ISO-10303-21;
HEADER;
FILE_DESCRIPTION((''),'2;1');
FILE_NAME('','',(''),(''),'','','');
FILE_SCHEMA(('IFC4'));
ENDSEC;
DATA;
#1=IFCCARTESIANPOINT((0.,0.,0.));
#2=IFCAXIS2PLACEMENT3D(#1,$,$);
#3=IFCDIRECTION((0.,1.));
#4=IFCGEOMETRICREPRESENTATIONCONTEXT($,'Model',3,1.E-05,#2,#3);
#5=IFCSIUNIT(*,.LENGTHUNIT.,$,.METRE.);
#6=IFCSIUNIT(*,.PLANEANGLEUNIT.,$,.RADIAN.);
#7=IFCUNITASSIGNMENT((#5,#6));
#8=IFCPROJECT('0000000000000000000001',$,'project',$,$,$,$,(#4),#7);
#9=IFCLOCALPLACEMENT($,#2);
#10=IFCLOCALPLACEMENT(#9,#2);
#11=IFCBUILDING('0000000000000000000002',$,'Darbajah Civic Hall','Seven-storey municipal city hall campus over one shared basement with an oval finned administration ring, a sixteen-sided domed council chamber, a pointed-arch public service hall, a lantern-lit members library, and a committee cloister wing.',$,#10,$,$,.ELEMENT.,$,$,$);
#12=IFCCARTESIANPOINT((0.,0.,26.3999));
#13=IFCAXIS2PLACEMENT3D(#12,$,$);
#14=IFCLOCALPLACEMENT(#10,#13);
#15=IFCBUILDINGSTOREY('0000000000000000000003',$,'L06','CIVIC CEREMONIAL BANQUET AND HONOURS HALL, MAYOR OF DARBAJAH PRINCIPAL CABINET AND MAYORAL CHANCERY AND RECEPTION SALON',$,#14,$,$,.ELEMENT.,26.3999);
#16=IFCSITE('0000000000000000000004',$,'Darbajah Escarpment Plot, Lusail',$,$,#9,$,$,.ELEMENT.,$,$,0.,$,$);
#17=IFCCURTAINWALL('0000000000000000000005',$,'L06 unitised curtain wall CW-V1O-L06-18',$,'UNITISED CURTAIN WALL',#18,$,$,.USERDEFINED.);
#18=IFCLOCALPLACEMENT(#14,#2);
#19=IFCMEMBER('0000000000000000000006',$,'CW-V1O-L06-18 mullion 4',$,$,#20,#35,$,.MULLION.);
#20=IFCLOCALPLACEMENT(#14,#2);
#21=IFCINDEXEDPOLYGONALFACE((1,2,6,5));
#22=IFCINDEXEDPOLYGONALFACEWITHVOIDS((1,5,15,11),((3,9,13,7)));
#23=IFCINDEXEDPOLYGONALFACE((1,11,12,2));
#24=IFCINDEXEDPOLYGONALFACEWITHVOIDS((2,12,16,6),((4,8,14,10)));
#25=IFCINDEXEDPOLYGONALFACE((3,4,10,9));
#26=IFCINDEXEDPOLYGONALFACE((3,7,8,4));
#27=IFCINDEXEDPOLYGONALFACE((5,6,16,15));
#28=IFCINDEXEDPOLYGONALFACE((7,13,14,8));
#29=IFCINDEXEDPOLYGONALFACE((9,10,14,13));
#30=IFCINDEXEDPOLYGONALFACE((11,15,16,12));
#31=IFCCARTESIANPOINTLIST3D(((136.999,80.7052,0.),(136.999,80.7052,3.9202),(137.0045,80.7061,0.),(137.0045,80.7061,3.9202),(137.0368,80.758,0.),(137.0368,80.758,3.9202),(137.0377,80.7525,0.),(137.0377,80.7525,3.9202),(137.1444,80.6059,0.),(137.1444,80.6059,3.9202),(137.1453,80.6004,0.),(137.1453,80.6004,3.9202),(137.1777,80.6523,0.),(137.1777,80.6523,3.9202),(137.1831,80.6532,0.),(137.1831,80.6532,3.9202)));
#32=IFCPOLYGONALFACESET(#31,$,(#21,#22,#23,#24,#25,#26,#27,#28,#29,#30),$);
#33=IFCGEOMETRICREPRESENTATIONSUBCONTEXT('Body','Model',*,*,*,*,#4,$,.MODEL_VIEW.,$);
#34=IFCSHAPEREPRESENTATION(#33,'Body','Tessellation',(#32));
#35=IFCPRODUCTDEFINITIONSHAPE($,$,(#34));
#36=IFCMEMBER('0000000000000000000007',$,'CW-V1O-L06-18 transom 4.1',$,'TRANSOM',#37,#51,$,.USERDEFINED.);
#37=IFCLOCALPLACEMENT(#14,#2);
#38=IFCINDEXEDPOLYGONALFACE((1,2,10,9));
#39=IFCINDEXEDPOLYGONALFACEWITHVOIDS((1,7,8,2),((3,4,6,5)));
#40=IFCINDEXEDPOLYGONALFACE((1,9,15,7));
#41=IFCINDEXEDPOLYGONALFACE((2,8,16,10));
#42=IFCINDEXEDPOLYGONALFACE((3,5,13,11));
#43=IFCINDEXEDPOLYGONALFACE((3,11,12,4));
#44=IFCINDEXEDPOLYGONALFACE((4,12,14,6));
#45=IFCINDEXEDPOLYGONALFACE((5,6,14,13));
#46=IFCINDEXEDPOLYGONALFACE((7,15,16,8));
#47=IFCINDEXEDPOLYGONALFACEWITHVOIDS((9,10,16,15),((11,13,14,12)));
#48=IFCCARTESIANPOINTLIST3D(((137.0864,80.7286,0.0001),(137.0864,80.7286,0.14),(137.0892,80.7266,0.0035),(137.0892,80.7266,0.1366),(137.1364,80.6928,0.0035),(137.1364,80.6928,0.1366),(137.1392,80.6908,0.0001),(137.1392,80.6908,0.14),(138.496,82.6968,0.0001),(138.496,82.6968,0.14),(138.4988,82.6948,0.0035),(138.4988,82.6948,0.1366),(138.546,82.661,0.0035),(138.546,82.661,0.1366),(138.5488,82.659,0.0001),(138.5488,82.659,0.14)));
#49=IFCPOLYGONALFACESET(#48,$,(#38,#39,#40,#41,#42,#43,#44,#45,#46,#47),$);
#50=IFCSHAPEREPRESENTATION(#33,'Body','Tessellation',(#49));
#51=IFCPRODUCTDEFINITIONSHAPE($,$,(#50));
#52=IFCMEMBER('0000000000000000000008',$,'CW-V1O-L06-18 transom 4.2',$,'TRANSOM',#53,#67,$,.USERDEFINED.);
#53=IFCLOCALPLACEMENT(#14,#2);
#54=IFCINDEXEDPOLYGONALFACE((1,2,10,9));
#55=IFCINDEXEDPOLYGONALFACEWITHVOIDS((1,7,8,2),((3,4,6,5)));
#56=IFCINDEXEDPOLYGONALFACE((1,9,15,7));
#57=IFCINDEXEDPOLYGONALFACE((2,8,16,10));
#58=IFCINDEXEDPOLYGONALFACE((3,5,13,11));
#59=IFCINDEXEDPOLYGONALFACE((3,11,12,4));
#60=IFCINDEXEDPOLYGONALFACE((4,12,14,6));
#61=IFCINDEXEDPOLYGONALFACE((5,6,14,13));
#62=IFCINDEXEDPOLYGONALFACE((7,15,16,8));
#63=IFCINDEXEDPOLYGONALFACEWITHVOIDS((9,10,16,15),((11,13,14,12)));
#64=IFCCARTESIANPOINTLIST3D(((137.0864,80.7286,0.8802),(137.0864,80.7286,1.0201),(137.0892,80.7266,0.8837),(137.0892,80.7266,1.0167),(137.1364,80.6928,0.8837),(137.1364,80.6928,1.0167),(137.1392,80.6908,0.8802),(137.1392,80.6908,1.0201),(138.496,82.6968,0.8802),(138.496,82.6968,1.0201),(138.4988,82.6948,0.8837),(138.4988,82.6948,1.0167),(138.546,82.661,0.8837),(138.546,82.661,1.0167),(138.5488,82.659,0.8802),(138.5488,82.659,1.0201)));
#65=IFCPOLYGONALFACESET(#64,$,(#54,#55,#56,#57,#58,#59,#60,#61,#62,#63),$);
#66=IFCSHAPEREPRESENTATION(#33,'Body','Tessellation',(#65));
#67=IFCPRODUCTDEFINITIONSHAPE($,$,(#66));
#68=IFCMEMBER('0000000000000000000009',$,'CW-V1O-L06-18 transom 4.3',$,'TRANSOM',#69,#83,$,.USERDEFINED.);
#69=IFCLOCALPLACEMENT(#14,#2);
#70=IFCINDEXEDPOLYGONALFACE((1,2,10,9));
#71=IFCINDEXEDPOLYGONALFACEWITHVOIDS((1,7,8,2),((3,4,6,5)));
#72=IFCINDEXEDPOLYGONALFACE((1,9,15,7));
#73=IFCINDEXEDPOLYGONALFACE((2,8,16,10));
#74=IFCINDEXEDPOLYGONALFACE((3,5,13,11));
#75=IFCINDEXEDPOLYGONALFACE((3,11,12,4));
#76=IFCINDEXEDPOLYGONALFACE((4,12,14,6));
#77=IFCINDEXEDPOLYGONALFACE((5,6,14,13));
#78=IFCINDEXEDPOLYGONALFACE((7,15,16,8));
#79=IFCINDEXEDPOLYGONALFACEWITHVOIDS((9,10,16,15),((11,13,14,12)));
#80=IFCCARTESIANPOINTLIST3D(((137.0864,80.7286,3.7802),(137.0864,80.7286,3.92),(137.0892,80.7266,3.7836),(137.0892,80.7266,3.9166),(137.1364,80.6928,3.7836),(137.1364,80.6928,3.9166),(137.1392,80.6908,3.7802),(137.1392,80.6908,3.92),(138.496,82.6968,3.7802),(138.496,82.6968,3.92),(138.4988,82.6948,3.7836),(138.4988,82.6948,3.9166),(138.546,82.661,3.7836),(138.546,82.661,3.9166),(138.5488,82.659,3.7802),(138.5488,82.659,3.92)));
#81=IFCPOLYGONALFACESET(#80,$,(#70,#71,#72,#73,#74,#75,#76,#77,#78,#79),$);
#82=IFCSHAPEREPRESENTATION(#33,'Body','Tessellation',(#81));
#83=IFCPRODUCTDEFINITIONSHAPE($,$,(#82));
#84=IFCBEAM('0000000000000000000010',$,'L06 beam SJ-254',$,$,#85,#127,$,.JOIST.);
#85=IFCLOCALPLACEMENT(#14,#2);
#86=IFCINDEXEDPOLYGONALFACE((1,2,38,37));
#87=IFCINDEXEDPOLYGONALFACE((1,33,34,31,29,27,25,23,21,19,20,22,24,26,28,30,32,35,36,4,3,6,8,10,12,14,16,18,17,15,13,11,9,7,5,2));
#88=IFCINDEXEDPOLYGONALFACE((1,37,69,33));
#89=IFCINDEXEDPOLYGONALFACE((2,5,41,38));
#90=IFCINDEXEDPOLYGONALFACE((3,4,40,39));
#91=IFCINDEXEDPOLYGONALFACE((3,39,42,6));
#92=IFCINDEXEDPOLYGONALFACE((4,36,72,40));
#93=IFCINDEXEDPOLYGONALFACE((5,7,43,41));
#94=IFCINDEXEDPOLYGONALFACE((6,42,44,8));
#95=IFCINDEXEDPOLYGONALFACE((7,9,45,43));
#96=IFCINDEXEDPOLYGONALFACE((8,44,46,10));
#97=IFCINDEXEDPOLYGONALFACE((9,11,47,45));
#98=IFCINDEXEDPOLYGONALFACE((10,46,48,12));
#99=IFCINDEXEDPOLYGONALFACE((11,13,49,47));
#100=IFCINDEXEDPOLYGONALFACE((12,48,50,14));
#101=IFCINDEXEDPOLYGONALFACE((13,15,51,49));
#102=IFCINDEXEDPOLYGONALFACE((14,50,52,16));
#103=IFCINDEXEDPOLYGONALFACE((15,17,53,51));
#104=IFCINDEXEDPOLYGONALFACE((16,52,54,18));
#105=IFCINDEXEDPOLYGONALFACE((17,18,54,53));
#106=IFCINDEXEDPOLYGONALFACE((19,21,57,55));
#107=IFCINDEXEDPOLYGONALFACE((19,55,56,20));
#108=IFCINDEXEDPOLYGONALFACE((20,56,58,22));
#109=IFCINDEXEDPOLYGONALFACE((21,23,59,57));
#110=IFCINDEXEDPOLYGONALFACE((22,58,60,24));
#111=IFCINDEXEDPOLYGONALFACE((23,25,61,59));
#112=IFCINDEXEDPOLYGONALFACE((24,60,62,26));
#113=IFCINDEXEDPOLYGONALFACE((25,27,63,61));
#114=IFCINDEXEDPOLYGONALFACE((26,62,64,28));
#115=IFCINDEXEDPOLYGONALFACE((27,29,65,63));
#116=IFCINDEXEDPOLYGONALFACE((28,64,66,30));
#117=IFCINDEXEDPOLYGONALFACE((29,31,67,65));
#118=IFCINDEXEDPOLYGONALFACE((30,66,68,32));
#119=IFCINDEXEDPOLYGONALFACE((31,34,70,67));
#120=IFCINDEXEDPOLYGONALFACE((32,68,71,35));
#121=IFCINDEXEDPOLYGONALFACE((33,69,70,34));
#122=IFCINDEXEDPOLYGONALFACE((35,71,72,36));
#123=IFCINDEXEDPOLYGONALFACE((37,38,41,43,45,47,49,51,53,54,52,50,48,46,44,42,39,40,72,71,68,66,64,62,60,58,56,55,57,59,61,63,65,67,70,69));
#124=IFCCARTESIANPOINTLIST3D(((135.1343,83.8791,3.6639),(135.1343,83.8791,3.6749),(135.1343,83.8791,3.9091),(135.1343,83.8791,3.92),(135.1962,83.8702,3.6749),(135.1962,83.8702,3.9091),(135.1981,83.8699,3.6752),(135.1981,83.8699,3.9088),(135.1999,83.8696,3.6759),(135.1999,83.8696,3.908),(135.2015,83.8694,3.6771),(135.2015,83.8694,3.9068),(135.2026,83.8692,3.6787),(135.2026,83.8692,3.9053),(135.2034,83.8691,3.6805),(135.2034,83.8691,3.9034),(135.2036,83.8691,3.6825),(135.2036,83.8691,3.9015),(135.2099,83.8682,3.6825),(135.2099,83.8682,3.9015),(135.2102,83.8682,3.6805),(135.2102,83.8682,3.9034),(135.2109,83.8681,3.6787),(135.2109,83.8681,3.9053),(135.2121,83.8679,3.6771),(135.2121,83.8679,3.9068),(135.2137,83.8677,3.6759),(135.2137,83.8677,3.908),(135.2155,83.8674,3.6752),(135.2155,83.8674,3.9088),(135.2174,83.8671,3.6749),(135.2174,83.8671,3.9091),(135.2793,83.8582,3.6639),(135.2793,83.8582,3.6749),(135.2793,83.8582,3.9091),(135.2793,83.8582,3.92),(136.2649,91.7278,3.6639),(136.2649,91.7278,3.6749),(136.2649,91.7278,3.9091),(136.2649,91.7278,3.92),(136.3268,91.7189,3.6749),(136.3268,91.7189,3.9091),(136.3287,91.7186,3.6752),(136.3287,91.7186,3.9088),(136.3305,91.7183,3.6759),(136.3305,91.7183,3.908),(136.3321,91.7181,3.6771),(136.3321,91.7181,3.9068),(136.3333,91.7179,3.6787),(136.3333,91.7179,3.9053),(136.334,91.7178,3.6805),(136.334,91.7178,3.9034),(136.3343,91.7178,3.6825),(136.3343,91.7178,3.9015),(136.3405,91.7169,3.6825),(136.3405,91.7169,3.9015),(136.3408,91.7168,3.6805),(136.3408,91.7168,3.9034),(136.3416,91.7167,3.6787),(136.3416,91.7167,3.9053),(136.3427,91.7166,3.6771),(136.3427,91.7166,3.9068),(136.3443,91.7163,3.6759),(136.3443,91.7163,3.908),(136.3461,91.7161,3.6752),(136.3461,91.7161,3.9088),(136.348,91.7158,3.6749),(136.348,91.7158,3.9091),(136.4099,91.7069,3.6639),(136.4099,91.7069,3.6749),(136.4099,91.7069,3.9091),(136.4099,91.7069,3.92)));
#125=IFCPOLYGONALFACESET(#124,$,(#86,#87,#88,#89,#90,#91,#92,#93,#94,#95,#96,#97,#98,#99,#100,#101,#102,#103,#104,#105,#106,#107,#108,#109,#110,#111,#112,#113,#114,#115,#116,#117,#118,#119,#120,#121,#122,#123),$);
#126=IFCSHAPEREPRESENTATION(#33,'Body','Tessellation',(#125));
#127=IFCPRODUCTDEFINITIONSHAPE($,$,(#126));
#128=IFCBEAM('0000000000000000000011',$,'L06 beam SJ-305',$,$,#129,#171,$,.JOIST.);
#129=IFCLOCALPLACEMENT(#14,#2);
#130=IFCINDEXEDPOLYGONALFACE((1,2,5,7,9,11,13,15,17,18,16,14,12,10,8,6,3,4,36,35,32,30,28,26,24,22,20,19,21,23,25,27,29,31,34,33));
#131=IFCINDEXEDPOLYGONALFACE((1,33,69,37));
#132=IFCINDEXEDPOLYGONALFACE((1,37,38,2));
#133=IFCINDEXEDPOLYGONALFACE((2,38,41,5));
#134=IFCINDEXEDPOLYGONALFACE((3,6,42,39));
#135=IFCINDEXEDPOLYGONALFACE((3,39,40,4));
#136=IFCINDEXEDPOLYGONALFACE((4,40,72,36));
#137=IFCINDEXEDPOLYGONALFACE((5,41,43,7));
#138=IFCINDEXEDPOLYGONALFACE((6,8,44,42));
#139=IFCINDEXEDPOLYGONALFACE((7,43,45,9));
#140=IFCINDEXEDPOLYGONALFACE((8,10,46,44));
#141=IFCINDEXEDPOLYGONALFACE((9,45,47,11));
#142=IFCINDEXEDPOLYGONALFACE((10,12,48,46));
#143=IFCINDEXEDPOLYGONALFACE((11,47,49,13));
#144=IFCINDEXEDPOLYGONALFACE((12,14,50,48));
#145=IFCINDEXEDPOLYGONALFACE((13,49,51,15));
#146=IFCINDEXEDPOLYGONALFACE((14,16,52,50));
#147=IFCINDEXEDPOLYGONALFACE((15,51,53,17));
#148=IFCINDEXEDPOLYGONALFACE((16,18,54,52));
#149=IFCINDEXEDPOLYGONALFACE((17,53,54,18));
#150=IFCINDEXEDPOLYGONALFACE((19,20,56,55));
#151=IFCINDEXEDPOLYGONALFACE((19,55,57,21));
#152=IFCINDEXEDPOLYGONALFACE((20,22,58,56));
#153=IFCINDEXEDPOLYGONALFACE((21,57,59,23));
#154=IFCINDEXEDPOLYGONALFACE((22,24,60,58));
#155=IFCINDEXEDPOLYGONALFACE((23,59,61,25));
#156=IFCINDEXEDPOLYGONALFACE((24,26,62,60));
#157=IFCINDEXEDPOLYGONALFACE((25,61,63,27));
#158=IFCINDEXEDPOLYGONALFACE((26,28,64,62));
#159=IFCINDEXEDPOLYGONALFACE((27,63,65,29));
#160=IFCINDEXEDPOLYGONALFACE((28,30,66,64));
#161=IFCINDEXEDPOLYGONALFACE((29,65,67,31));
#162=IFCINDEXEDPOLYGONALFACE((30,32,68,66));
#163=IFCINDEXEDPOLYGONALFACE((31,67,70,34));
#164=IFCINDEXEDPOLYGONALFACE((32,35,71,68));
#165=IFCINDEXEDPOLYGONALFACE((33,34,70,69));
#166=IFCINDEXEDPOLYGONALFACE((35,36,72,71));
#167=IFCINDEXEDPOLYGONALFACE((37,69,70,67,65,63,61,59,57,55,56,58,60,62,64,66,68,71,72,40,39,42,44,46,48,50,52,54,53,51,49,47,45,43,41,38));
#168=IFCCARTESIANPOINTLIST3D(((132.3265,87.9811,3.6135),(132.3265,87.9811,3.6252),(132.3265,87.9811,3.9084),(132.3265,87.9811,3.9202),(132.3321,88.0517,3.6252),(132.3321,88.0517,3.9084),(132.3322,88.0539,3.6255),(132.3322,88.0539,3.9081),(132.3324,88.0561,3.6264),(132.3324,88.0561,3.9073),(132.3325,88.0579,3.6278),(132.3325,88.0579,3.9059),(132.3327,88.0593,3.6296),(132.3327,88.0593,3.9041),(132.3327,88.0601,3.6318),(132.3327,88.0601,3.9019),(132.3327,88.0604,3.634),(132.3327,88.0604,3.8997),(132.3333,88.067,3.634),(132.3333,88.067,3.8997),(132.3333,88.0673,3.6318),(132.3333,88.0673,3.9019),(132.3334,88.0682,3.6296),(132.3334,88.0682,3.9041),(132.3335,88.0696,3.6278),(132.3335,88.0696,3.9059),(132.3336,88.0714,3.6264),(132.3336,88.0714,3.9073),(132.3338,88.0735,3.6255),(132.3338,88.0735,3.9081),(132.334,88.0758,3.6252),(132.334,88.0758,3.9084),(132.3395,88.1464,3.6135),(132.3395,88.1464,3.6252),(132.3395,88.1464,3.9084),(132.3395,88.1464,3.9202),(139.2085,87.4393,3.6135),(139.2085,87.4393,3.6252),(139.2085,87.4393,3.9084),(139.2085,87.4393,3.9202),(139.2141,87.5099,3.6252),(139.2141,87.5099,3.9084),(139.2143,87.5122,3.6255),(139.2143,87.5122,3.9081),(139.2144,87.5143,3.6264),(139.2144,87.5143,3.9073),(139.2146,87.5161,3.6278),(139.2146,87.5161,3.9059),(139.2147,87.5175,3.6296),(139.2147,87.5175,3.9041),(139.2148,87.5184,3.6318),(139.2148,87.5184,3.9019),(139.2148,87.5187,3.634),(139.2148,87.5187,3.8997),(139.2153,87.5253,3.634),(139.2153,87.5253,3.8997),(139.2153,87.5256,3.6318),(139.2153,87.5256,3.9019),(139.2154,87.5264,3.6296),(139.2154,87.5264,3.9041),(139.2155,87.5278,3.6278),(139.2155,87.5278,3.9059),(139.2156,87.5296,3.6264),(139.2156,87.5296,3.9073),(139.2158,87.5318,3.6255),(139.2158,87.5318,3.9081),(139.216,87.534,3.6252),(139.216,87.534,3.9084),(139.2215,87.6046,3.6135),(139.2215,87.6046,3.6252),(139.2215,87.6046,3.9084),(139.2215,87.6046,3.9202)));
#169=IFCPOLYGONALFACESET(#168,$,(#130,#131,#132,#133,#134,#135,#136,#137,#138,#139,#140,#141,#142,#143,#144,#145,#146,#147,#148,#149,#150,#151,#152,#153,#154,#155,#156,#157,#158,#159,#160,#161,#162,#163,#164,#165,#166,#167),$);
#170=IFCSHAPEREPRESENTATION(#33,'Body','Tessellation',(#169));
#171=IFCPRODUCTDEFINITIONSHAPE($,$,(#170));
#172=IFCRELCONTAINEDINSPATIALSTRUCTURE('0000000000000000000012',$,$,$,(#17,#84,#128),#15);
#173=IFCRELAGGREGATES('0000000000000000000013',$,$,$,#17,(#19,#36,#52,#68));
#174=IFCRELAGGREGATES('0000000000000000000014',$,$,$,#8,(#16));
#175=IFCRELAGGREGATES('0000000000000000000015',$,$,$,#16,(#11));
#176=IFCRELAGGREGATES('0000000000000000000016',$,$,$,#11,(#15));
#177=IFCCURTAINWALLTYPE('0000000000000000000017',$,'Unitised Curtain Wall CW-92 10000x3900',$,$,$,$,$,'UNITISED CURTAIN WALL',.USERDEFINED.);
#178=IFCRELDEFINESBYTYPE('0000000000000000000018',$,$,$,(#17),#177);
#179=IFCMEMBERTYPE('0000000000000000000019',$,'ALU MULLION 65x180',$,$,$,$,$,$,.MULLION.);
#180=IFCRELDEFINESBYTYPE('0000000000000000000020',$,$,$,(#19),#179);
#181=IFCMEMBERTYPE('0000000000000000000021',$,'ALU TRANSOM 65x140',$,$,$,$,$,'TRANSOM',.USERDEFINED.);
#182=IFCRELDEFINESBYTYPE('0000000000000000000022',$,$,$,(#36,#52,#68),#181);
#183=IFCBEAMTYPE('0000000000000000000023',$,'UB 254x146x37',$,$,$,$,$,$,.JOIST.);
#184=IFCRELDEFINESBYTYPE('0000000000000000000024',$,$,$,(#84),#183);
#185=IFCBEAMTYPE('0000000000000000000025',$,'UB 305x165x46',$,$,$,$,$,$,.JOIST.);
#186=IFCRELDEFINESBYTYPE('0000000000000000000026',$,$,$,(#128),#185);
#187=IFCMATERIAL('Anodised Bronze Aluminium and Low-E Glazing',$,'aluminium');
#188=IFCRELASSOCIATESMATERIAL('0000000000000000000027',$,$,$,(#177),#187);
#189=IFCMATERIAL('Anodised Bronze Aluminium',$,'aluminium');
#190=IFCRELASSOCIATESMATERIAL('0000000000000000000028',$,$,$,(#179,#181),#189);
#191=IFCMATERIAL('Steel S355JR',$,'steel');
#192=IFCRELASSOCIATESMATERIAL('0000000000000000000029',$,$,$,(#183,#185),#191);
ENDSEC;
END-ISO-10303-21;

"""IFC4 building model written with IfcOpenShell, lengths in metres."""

from ifc_helpers import new_model, si_unit, direction, frame, origin, origin_2d, place, context, subcontext, project, spatial, hollow_rectangle, i_section, extrude, material, material_profile, profile_set, type_object, element, aggregate, save


model = new_model("IFC4")

# Units and contexts
model_context = context("Model", 3, precision=1e-05, world=origin(), true_north=direction((0.0, 1.0)))
body_context = subcontext(model_context, "Body", "Model", "MODEL_VIEW")
ifc_project = project(units=[si_unit("LENGTHUNIT", "METRE"), si_unit("PLANEANGLEUNIT", "RADIAN")], contexts=[model_context])

# Site, building, storey
site_placement = place(None, origin())
site = spatial("IfcSite", under=ifc_project, at=site_placement, Name="Darbajah Escarpment Plot, Lusail", CompositionType="ELEMENT", RefElevation=0.0)
building_placement = place(site_placement, origin())
building = spatial("IfcBuilding", under=site, at=building_placement, Name="Darbajah Civic Hall", Description="Seven-storey municipal city hall campus over one shared basement with an oval finned administration ring, a sixteen-sided domed council chamber, a pointed-arch public service hall, a lantern-lit members library, and a committee cloister wing.", CompositionType="ELEMENT")
storey_placement = place(building_placement, frame((0.0, 0.0, 26.3999)))
storey = spatial("IfcBuildingStorey", under=building, at=storey_placement, Name="L06", Description="CIVIC CEREMONIAL BANQUET AND HONOURS HALL, MAYOR OF DARBAJAH PRINCIPAL CABINET AND MAYORAL CHANCERY AND RECEPTION SALON", CompositionType="ELEMENT", Elevation=26.3999)

# Curtain wall, members
ifc_material_1 = material(Name="Anodised Bronze Aluminium and Low-E Glazing", Category="aluminium")
curtain_wall_type = type_object("IfcCurtainWallType", Name="Unitised Curtain Wall CW-92 10000x3900", ElementType="UNITISED CURTAIN WALL", PredefinedType="USERDEFINED", material=ifc_material_1)
curtain_wall_placement = place(storey_placement, origin())
curtain_wall = element("IfcCurtainWall", 1, at=curtain_wall_placement, inside=storey, type_object=curtain_wall_type, Name="L06 unitised curtain wall CW-V1O-L06-18", ObjectType="UNITISED CURTAIN WALL", PredefinedType="USERDEFINED")
ifc_material_2 = material(Name="Anodised Bronze Aluminium", Category="aluminium")
ifc_material_profile_1 = material_profile(ifc_material_2, hollow_rectangle(XDim=0.0649, YDim=0.1799, WallThickness=0.0039, at=origin_2d()), Name="ALU MULLION 65x180")
ifc_profile_set_1 = profile_set([ifc_material_profile_1], Name="Anodised Bronze Aluminium")
member_type_1 = type_object("IfcMemberType", Name="ALU MULLION 65x180", PredefinedType="MULLION", material=ifc_profile_set_1)
member_1_placement = place(storey_placement, frame((137.0911, 80.6792, 0.0), z_axis=(0.0, 0.0, 1.0), x_axis=(0.582265, 0.812999, 0.0)))
member_1 = element("IfcMember", 2, at=member_1_placement, type_object=member_type_1, Name="CW-V1O-L06-18 mullion 4", PredefinedType="MULLION", context=body_context, shape_type="SweptSolid", body=[
    extrude(hollow_rectangle(XDim=0.0649, YDim=0.1799, WallThickness=0.0039, at=origin_2d()), origin(), (0.0, 0.0, 1.0), 3.9202),
])
ifc_material_profile_2 = material_profile(ifc_material_2, hollow_rectangle(XDim=0.0649, YDim=0.1399, WallThickness=0.0034, at=origin_2d()), Name="ALU TRANSOM 65x140")
ifc_profile_set_2 = profile_set([ifc_material_profile_2], Name="Anodised Bronze Aluminium")
member_type_2 = type_object("IfcMemberType", Name="ALU TRANSOM 65x140", ElementType="TRANSOM", PredefinedType="USERDEFINED", material=ifc_profile_set_2)
member_2_placement = place(storey_placement, frame((137.1128, 80.7097, 0.0701), z_axis=(0.582268, 0.812997, 0.0), x_axis=(-0.812997, 0.582268, 0.0)))
member_2 = element("IfcMember", 3, at=member_2_placement, type_object=member_type_2, Name="CW-V1O-L06-18 transom 4.1", ObjectType="TRANSOM", PredefinedType="USERDEFINED", context=body_context, shape_type="SweptSolid", body=[
    extrude(hollow_rectangle(XDim=0.0649, YDim=0.1399, WallThickness=0.0034, at=origin_2d()), origin(), (0.0, 0.0, 1.0), 2.4209),
])
member_3_placement = place(storey_placement, frame((137.1128, 80.7097, 0.9502), z_axis=(0.582268, 0.812997, 0.0), x_axis=(-0.812997, 0.582268, 0.0)))
member_3 = element("IfcMember", 4, at=member_3_placement, type_object=member_type_2, Name="CW-V1O-L06-18 transom 4.2", ObjectType="TRANSOM", PredefinedType="USERDEFINED", context=body_context, shape_type="SweptSolid", body=[
    extrude(hollow_rectangle(XDim=0.0649, YDim=0.1399, WallThickness=0.0034, at=origin_2d()), origin(), (0.0, 0.0, 1.0), 2.4209),
])
member_4_placement = place(storey_placement, frame((137.1128, 80.7097, 3.8501), z_axis=(0.582268, 0.812997, 0.0), x_axis=(-0.812997, 0.582268, 0.0)))
member_4 = element("IfcMember", 5, at=member_4_placement, type_object=member_type_2, Name="CW-V1O-L06-18 transom 4.3", ObjectType="TRANSOM", PredefinedType="USERDEFINED", context=body_context, shape_type="SweptSolid", body=[
    extrude(hollow_rectangle(XDim=0.0649, YDim=0.1399, WallThickness=0.0034, at=origin_2d()), origin(), (0.0, 0.0, 1.0), 2.4209),
])

# Beams
ifc_material_3 = material(Name="Steel S355JR", Category="steel")
ifc_material_profile_3 = material_profile(ifc_material_3, i_section(OverallWidth=0.1465, OverallDepth=0.2561, WebThickness=0.0063, FlangeThickness=0.011, FilletRadius=0.0076, at=origin_2d()), Name="UB 254x146x37")
ifc_profile_set_3 = profile_set([ifc_material_profile_3], Name="Steel S355JR")
beam_type_1 = type_object("IfcBeamType", Name="UB 254x146x37", PredefinedType="JOIST", material=ifc_profile_set_3)
beam_1_placement = place(storey_placement, frame((135.2068, 83.8687, 3.792), z_axis=(0.142581, 0.989783, 0.0), x_axis=(-0.989783, 0.142581, 0.0)))
element("IfcBeam", 6, at=beam_1_placement, inside=storey, type_object=beam_type_1, Name="L06 beam SJ-254", PredefinedType="JOIST", context=body_context, shape_type="SweptSolid", body=[
    extrude(i_section(OverallWidth=0.1465, OverallDepth=0.2561, WebThickness=0.0063, FlangeThickness=0.011, FilletRadius=0.0076, at=origin_2d()), origin(), (0.0, 0.0, 1.0), 7.9297),
])
ifc_material_profile_4 = material_profile(ifc_material_3, i_section(OverallWidth=0.1658, OverallDepth=0.3066, WebThickness=0.0066, FlangeThickness=0.0117, FilletRadius=0.0088, at=origin_2d()), Name="UB 305x165x46")
ifc_profile_set_4 = profile_set([ifc_material_profile_4], Name="Steel S355JR")
beam_type_2 = type_object("IfcBeamType", Name="UB 305x165x46", PredefinedType="JOIST", material=ifc_profile_set_4)
beam_2_placement = place(storey_placement, frame((132.333, 88.0637, 3.7668), z_axis=(0.996916, -0.078476, 0.0), x_axis=(0.078476, 0.996916, 0.0)))
element("IfcBeam", 7, at=beam_2_placement, inside=storey, type_object=beam_type_2, Name="L06 beam SJ-305", PredefinedType="JOIST", context=body_context, shape_type="SweptSolid", body=[
    extrude(i_section(OverallWidth=0.1658, OverallDepth=0.3066, WebThickness=0.0066, FlangeThickness=0.0117, FilletRadius=0.0088, at=origin_2d()), origin(), (0.0, 0.0, 1.0), 6.9033),
])

aggregate(curtain_wall, [member_1, member_2, member_3, member_4])

save(model, "model.ifc")
